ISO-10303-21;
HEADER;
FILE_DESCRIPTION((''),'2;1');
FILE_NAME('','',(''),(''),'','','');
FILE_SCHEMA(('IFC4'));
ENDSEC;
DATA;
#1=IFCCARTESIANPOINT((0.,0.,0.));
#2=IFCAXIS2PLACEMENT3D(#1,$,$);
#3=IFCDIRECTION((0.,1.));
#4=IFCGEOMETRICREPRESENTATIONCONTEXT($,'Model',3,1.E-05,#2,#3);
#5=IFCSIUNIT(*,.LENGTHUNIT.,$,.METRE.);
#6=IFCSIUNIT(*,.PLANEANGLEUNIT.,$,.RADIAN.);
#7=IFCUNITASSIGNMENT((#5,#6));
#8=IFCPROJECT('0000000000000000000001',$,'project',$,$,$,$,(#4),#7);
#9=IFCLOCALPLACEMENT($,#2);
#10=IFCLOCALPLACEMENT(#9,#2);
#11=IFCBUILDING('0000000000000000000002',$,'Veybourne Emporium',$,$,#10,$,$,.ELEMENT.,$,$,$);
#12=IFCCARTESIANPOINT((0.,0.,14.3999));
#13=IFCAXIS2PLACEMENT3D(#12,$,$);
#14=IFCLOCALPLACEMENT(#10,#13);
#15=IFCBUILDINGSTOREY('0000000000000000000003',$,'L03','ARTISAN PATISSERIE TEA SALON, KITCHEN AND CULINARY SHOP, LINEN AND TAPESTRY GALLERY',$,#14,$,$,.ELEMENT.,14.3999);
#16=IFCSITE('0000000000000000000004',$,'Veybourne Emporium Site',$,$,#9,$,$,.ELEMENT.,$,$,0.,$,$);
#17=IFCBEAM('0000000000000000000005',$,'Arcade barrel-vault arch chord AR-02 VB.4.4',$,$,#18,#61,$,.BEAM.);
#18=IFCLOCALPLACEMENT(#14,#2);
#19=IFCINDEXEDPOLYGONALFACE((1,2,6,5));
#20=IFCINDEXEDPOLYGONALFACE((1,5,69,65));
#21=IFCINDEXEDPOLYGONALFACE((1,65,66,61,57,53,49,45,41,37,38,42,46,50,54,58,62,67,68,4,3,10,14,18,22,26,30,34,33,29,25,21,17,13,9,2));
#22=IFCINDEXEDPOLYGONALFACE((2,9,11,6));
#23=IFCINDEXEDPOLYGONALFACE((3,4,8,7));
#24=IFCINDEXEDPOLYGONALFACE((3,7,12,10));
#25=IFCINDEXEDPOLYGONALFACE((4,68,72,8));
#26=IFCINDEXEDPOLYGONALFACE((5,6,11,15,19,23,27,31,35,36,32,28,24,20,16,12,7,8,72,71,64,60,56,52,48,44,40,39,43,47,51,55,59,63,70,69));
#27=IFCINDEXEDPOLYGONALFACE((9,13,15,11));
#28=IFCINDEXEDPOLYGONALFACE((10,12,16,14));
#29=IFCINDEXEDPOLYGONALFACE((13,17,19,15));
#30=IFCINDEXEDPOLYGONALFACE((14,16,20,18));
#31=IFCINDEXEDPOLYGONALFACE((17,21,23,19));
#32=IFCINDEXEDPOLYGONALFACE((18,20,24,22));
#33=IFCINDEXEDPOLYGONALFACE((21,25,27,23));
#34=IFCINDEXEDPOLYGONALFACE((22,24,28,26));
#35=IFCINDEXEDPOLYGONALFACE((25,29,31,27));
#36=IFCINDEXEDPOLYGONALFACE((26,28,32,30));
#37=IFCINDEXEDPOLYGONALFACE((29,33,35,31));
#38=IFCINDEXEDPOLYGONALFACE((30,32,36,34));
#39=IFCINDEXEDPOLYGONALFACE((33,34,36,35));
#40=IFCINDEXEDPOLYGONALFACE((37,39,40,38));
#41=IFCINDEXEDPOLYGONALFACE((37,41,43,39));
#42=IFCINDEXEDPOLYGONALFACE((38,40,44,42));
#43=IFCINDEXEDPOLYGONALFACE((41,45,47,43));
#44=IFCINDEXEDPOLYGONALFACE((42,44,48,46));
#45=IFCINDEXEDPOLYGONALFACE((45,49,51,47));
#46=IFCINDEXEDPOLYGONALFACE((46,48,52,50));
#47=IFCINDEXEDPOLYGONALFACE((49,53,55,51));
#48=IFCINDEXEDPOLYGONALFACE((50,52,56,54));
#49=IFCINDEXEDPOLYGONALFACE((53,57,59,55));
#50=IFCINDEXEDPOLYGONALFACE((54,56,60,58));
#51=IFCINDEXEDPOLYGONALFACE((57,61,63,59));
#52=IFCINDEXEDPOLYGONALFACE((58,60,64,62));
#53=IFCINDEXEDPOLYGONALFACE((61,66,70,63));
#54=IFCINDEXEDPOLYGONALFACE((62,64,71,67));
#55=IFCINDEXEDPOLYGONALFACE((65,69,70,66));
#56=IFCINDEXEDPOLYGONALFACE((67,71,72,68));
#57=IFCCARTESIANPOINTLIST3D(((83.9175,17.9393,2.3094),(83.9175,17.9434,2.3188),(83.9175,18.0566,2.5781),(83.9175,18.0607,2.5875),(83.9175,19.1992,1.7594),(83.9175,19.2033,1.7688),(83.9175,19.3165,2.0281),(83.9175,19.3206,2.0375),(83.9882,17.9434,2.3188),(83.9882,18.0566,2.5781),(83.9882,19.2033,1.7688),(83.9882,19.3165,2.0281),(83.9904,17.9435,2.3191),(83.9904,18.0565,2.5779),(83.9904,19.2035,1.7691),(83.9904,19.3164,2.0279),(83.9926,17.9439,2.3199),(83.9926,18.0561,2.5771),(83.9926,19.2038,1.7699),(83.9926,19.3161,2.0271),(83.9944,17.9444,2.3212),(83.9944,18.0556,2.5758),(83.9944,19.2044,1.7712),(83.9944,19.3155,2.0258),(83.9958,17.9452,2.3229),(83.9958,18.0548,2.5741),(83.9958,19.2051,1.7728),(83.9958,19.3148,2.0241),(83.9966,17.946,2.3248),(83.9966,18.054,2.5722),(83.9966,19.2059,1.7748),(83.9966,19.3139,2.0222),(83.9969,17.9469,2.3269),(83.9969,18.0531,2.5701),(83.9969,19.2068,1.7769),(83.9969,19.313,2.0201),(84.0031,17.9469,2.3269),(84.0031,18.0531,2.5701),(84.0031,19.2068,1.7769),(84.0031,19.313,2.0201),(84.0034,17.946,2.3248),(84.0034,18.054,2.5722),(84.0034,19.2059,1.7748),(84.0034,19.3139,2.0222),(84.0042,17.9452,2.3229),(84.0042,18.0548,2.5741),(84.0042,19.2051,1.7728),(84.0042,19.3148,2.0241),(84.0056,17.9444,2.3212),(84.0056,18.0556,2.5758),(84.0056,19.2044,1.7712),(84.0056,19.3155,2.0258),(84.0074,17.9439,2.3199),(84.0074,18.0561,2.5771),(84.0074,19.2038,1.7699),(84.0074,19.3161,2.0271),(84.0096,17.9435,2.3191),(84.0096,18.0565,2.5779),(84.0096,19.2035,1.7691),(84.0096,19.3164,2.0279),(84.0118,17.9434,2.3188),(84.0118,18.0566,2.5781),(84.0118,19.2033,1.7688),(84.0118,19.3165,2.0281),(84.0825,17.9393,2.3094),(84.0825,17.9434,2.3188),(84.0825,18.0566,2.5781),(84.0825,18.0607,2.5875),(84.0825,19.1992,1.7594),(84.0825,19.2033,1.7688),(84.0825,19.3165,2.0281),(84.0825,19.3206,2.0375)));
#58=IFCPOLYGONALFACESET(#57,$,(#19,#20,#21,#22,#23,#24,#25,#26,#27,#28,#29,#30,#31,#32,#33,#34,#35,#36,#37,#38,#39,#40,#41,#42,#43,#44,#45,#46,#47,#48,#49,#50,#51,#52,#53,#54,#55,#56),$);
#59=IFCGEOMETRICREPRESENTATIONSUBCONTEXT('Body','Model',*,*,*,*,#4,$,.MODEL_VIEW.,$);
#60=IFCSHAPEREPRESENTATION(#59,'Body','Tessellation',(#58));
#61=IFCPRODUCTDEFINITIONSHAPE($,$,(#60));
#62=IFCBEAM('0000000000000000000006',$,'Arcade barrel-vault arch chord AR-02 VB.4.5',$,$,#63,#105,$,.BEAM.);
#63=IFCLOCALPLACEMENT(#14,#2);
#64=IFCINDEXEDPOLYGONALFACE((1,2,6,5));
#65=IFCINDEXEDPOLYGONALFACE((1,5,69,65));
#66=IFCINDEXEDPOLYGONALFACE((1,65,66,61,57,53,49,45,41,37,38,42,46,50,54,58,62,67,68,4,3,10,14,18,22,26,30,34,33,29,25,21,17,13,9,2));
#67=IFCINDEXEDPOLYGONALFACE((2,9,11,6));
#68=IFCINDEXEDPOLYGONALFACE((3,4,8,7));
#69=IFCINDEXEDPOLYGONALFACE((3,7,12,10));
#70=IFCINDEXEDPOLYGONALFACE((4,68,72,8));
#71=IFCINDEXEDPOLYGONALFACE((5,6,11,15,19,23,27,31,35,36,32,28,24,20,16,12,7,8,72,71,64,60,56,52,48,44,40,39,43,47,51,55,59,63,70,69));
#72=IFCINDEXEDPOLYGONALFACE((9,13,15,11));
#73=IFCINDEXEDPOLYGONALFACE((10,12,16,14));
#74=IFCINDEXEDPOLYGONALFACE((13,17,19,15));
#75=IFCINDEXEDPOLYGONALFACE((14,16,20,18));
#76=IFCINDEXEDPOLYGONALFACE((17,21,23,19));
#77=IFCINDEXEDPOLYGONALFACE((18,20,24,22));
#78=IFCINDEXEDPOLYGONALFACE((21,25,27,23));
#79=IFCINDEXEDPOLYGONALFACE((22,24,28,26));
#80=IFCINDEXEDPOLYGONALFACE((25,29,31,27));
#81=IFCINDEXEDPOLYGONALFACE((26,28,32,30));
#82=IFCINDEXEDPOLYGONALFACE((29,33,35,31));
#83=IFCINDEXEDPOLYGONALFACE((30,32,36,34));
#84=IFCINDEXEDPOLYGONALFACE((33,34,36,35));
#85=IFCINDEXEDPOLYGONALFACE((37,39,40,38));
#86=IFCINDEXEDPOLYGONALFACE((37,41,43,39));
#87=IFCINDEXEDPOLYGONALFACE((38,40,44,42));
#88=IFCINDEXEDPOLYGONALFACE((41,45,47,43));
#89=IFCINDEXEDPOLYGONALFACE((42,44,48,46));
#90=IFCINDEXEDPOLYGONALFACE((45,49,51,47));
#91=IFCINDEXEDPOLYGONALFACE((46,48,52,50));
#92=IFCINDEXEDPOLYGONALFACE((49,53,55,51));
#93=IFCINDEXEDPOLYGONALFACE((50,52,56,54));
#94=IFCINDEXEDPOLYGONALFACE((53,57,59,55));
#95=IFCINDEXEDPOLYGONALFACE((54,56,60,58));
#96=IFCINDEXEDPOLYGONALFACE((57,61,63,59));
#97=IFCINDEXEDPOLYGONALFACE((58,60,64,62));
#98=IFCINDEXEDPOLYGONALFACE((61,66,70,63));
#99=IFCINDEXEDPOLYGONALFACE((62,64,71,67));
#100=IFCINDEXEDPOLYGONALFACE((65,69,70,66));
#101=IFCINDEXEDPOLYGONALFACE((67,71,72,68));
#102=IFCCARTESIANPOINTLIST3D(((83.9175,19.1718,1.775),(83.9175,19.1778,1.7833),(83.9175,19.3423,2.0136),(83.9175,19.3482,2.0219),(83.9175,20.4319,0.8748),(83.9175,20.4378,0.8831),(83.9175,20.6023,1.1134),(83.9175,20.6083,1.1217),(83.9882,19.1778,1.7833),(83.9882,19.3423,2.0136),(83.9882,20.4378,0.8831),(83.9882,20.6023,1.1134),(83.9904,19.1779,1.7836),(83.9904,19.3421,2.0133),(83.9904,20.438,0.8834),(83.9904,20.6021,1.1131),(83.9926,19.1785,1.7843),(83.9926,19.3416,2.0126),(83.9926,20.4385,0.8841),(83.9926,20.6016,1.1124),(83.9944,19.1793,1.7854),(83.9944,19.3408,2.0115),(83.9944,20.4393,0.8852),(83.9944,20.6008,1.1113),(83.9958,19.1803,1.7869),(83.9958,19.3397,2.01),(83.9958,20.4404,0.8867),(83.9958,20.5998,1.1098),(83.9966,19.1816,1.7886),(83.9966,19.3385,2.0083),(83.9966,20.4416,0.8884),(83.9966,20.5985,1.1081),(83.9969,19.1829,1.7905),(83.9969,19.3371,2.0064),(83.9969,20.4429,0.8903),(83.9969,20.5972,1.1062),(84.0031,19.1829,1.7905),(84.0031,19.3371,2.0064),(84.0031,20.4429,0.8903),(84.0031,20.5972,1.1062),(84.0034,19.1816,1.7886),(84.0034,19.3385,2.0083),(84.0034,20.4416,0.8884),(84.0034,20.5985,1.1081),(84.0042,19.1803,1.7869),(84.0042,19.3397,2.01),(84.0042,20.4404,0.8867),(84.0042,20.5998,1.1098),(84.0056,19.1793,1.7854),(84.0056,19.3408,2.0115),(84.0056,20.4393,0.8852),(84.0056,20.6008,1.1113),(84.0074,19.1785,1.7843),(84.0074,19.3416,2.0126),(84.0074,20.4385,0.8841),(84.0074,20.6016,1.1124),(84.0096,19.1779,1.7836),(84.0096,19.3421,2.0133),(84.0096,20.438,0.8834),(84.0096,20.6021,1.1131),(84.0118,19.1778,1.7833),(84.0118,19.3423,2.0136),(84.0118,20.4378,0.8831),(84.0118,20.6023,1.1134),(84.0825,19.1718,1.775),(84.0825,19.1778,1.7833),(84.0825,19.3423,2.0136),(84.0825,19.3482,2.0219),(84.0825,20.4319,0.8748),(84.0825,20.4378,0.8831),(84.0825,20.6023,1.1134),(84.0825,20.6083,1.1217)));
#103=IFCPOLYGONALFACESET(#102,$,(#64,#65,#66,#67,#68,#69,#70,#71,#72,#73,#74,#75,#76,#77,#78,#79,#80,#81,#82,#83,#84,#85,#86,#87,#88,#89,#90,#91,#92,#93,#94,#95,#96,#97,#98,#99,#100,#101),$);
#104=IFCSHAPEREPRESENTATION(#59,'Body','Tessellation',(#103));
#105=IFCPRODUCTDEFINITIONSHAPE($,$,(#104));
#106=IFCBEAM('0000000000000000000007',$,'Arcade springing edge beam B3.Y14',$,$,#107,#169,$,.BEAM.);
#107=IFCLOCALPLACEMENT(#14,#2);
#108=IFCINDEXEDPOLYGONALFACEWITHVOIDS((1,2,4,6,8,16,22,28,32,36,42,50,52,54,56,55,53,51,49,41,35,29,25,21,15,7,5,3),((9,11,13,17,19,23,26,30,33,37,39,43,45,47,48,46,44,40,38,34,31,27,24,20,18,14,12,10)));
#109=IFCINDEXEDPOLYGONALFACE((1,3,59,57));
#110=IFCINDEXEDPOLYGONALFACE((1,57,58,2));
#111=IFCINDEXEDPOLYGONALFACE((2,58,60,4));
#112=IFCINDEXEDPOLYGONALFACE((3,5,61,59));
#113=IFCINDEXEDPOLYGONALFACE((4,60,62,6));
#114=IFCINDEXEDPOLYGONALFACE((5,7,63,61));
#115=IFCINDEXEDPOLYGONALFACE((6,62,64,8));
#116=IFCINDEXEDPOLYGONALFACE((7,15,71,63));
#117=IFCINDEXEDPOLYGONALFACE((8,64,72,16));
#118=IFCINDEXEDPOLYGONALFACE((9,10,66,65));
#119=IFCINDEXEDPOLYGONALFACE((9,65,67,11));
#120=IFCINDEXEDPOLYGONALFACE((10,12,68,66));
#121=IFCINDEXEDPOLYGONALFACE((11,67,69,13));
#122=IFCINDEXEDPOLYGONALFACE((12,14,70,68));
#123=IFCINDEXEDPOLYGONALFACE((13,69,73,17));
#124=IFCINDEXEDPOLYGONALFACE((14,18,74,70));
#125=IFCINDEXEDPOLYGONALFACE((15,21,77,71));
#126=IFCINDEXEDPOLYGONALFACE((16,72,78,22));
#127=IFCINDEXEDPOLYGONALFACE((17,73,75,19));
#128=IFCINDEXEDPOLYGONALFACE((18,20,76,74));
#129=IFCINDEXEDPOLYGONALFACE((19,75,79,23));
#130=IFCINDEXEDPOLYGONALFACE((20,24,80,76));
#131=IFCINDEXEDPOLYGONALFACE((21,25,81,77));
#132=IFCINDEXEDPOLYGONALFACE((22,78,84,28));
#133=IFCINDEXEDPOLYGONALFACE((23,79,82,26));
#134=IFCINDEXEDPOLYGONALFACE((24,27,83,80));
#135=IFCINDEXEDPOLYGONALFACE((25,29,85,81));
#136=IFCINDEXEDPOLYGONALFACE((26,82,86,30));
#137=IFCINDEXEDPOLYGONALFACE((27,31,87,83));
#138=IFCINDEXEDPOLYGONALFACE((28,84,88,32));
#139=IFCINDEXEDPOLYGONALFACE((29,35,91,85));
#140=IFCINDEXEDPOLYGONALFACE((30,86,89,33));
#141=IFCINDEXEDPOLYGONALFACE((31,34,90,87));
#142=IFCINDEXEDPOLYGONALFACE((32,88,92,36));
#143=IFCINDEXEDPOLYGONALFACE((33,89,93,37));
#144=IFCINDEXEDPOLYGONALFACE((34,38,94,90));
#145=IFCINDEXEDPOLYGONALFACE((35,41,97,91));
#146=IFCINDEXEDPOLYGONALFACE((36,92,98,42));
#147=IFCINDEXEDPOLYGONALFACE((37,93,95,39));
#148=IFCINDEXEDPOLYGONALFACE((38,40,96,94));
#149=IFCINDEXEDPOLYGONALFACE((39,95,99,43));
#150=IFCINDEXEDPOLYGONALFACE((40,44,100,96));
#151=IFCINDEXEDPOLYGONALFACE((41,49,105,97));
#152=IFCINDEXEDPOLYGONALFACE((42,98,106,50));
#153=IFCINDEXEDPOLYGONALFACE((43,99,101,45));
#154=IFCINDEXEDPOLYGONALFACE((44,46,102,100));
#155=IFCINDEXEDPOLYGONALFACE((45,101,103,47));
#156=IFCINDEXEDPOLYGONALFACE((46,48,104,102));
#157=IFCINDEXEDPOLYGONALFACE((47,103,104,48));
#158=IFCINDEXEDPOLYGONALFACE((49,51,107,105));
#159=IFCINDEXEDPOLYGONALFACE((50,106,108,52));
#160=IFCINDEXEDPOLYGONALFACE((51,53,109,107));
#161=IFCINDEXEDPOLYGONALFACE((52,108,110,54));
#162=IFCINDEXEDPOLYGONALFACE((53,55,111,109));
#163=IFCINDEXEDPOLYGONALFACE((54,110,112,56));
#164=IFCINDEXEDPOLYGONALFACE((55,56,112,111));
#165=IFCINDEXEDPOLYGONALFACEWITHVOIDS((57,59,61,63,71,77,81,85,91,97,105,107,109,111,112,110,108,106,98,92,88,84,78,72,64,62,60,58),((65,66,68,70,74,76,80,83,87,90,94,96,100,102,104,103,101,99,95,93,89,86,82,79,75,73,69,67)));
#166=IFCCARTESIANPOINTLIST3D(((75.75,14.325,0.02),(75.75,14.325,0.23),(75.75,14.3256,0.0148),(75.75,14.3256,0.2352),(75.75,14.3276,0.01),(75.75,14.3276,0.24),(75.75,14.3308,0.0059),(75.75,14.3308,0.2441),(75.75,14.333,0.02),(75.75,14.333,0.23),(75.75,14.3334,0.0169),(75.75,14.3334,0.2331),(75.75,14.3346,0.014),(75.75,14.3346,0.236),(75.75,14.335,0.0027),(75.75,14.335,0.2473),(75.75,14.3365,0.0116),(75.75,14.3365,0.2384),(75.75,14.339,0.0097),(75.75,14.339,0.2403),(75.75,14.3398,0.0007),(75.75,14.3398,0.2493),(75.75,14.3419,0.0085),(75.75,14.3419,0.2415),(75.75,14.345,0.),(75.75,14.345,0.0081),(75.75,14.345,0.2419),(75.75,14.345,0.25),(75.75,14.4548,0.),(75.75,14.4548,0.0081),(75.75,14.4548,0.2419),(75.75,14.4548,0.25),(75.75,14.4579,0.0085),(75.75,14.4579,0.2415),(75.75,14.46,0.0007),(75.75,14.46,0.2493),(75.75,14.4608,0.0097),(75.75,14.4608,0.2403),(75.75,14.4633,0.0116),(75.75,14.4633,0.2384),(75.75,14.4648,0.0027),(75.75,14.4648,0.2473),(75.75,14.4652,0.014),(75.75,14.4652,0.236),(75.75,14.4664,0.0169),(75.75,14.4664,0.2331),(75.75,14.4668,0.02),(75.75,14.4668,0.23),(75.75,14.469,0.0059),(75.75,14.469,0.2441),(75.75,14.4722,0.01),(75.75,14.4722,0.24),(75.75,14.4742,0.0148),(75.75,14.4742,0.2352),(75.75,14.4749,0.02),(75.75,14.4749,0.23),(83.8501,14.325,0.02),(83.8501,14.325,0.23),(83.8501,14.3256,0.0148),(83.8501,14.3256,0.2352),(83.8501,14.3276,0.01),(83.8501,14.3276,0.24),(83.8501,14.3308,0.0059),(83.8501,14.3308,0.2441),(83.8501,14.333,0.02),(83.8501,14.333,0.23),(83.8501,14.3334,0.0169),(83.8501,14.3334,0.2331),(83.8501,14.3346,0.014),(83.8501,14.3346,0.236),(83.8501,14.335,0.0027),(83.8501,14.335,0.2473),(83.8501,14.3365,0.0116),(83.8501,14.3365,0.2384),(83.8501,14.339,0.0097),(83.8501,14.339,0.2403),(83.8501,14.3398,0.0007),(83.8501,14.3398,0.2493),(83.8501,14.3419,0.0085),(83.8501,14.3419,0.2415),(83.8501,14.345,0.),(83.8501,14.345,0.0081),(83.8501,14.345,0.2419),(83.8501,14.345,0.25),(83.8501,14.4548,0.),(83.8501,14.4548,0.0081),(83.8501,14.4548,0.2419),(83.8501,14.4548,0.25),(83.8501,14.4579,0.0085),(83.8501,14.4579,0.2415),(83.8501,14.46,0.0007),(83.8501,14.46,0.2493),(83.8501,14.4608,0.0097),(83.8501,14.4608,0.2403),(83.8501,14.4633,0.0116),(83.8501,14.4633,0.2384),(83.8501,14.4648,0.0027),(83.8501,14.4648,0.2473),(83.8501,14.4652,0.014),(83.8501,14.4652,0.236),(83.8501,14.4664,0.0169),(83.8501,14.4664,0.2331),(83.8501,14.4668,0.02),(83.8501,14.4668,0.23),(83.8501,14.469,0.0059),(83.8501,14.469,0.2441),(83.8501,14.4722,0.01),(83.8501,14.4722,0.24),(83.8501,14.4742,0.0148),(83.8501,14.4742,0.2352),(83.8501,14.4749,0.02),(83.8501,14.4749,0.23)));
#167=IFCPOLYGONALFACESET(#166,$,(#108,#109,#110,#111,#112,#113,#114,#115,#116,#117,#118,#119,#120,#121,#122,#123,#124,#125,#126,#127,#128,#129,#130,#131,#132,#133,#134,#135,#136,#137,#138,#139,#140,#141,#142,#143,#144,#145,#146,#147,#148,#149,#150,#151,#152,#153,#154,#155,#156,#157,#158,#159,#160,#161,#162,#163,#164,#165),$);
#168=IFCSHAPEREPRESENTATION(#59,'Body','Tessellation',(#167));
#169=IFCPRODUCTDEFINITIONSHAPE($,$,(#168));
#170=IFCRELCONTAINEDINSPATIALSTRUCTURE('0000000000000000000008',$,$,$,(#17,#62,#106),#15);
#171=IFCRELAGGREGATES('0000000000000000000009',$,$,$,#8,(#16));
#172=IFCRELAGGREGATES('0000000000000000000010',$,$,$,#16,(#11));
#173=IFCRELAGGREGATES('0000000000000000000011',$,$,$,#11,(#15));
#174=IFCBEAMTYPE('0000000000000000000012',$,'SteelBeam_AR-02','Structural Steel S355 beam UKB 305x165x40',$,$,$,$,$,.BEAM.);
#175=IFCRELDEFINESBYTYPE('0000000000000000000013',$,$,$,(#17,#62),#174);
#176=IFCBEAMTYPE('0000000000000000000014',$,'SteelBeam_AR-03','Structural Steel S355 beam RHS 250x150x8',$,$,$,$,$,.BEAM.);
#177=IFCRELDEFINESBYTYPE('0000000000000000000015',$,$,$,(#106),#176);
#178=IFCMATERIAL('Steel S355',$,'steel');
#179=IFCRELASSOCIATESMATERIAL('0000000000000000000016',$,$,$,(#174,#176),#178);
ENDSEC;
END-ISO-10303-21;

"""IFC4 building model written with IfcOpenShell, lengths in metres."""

from ifc_helpers import new_model, si_unit, direction, frame, origin, origin_2d, place, context, subcontext, project, spatial, hollow_rectangle, i_section, extrude, material, material_profile, profile_set, type_object, element, save


model = new_model("IFC4")

# Units and contexts
model_context = context("Model", 3, precision=1e-05, world=origin(), true_north=direction((0.0, 1.0)))
body_context = subcontext(model_context, "Body", "Model", "MODEL_VIEW")
ifc_project = project(units=[si_unit("LENGTHUNIT", "METRE"), si_unit("PLANEANGLEUNIT", "RADIAN")], contexts=[model_context])

# Site, building, storey
site_placement = place(None, origin())
site = spatial("IfcSite", under=ifc_project, at=site_placement, Name="Veybourne Emporium Site", CompositionType="ELEMENT", RefElevation=0.0)
building_placement = place(site_placement, origin())
building = spatial("IfcBuilding", under=site, at=building_placement, Name="Veybourne Emporium", CompositionType="ELEMENT")
storey_placement = place(building_placement, frame((0.0, 0.0, 14.3999)))
storey = spatial("IfcBuildingStorey", under=building, at=storey_placement, Name="L03", Description="ARTISAN PATISSERIE TEA SALON, KITCHEN AND CULINARY SHOP, LINEN AND TAPESTRY GALLERY", CompositionType="ELEMENT", Elevation=14.3999)

# Beams
ifc_material_1 = material(Name="Steel S355", Category="steel")
ifc_material_profile_1 = material_profile(ifc_material_1, i_section(OverallWidth=0.165, OverallDepth=0.3035, WebThickness=0.0061, FlangeThickness=0.0103, FilletRadius=0.0088, at=origin_2d()), Name="UKB 305x165x40")
ifc_profile_set_1 = profile_set([ifc_material_profile_1], Name="Steel S355")
beam_type_1 = type_object("IfcBeamType", Name="SteelBeam_AR-02", Description="Structural Steel S355 beam UKB 305x165x40", PredefinedType="BEAM", material=ifc_profile_set_1)
for number, where, z_axis, x_axis, name in (
    (1, (84.0, 18.0, 2.4485), (0.0, 0.916479, -0.400083), (-1.0, 0.0, 0.0), "Arcade barrel-vault arch chord AR-02 VB.4.4"),
):
    element("IfcBeam", number, at=place(storey_placement, frame(where, z_axis=z_axis, x_axis=x_axis)), inside=storey, type_object=beam_type_1, Name=name, PredefinedType="BEAM", context=body_context, shape_type="SweptSolid", body=[
        extrude(i_section(OverallWidth=0.165, OverallDepth=0.3035, WebThickness=0.0061, FlangeThickness=0.0103, FilletRadius=0.0088, at=origin_2d()), origin(), (0.0, 0.0, 1.0), 1.3748),
    ])
beam_1_placement = place(storey_placement, frame((84.0, 19.26, 1.8984), z_axis=(0.0, 0.813691, -0.581298), x_axis=(-1.0, 0.0, 0.0)))
element("IfcBeam", 2, at=beam_1_placement, inside=storey, type_object=beam_type_1, Name="Arcade barrel-vault arch chord AR-02 VB.4.5", PredefinedType="BEAM", context=body_context, shape_type="SweptSolid", body=[
    extrude(i_section(OverallWidth=0.165, OverallDepth=0.3035, WebThickness=0.0061, FlangeThickness=0.0103, FilletRadius=0.0088, at=origin_2d()), origin(), (0.0, 0.0, 1.0), 1.5486),
])
ifc_material_profile_2 = material_profile(ifc_material_1, hollow_rectangle(XDim=0.1499, YDim=0.25, WallThickness=0.0081, InnerFilletRadius=0.012, OuterFilletRadius=0.02, at=origin_2d()), Name="RHS 250x150x8")
ifc_profile_set_2 = profile_set([ifc_material_profile_2], Name="Steel S355")
beam_type_2 = type_object("IfcBeamType", Name="SteelBeam_AR-03", Description="Structural Steel S355 beam RHS 250x150x8", PredefinedType="BEAM", material=ifc_profile_set_2)
for number, where, z_axis, x_axis, name in (
    (3, (75.75, 14.3999, 0.125), (1.0, 0.0, 0.0), (0.0, 1.0, 0.0), "Arcade springing edge beam B3.Y14"),
):
    element("IfcBeam", number, at=place(storey_placement, frame(where, z_axis=z_axis, x_axis=x_axis)), inside=storey, type_object=beam_type_2, Name=name, PredefinedType="BEAM", context=body_context, shape_type="SweptSolid", body=[
        extrude(hollow_rectangle(XDim=0.1499, YDim=0.25, WallThickness=0.0081, InnerFilletRadius=0.012, OuterFilletRadius=0.02, at=origin_2d()), origin(), (0.0, 0.0, 1.0), 8.1001),
    ])

save(model, "model.ifc")
